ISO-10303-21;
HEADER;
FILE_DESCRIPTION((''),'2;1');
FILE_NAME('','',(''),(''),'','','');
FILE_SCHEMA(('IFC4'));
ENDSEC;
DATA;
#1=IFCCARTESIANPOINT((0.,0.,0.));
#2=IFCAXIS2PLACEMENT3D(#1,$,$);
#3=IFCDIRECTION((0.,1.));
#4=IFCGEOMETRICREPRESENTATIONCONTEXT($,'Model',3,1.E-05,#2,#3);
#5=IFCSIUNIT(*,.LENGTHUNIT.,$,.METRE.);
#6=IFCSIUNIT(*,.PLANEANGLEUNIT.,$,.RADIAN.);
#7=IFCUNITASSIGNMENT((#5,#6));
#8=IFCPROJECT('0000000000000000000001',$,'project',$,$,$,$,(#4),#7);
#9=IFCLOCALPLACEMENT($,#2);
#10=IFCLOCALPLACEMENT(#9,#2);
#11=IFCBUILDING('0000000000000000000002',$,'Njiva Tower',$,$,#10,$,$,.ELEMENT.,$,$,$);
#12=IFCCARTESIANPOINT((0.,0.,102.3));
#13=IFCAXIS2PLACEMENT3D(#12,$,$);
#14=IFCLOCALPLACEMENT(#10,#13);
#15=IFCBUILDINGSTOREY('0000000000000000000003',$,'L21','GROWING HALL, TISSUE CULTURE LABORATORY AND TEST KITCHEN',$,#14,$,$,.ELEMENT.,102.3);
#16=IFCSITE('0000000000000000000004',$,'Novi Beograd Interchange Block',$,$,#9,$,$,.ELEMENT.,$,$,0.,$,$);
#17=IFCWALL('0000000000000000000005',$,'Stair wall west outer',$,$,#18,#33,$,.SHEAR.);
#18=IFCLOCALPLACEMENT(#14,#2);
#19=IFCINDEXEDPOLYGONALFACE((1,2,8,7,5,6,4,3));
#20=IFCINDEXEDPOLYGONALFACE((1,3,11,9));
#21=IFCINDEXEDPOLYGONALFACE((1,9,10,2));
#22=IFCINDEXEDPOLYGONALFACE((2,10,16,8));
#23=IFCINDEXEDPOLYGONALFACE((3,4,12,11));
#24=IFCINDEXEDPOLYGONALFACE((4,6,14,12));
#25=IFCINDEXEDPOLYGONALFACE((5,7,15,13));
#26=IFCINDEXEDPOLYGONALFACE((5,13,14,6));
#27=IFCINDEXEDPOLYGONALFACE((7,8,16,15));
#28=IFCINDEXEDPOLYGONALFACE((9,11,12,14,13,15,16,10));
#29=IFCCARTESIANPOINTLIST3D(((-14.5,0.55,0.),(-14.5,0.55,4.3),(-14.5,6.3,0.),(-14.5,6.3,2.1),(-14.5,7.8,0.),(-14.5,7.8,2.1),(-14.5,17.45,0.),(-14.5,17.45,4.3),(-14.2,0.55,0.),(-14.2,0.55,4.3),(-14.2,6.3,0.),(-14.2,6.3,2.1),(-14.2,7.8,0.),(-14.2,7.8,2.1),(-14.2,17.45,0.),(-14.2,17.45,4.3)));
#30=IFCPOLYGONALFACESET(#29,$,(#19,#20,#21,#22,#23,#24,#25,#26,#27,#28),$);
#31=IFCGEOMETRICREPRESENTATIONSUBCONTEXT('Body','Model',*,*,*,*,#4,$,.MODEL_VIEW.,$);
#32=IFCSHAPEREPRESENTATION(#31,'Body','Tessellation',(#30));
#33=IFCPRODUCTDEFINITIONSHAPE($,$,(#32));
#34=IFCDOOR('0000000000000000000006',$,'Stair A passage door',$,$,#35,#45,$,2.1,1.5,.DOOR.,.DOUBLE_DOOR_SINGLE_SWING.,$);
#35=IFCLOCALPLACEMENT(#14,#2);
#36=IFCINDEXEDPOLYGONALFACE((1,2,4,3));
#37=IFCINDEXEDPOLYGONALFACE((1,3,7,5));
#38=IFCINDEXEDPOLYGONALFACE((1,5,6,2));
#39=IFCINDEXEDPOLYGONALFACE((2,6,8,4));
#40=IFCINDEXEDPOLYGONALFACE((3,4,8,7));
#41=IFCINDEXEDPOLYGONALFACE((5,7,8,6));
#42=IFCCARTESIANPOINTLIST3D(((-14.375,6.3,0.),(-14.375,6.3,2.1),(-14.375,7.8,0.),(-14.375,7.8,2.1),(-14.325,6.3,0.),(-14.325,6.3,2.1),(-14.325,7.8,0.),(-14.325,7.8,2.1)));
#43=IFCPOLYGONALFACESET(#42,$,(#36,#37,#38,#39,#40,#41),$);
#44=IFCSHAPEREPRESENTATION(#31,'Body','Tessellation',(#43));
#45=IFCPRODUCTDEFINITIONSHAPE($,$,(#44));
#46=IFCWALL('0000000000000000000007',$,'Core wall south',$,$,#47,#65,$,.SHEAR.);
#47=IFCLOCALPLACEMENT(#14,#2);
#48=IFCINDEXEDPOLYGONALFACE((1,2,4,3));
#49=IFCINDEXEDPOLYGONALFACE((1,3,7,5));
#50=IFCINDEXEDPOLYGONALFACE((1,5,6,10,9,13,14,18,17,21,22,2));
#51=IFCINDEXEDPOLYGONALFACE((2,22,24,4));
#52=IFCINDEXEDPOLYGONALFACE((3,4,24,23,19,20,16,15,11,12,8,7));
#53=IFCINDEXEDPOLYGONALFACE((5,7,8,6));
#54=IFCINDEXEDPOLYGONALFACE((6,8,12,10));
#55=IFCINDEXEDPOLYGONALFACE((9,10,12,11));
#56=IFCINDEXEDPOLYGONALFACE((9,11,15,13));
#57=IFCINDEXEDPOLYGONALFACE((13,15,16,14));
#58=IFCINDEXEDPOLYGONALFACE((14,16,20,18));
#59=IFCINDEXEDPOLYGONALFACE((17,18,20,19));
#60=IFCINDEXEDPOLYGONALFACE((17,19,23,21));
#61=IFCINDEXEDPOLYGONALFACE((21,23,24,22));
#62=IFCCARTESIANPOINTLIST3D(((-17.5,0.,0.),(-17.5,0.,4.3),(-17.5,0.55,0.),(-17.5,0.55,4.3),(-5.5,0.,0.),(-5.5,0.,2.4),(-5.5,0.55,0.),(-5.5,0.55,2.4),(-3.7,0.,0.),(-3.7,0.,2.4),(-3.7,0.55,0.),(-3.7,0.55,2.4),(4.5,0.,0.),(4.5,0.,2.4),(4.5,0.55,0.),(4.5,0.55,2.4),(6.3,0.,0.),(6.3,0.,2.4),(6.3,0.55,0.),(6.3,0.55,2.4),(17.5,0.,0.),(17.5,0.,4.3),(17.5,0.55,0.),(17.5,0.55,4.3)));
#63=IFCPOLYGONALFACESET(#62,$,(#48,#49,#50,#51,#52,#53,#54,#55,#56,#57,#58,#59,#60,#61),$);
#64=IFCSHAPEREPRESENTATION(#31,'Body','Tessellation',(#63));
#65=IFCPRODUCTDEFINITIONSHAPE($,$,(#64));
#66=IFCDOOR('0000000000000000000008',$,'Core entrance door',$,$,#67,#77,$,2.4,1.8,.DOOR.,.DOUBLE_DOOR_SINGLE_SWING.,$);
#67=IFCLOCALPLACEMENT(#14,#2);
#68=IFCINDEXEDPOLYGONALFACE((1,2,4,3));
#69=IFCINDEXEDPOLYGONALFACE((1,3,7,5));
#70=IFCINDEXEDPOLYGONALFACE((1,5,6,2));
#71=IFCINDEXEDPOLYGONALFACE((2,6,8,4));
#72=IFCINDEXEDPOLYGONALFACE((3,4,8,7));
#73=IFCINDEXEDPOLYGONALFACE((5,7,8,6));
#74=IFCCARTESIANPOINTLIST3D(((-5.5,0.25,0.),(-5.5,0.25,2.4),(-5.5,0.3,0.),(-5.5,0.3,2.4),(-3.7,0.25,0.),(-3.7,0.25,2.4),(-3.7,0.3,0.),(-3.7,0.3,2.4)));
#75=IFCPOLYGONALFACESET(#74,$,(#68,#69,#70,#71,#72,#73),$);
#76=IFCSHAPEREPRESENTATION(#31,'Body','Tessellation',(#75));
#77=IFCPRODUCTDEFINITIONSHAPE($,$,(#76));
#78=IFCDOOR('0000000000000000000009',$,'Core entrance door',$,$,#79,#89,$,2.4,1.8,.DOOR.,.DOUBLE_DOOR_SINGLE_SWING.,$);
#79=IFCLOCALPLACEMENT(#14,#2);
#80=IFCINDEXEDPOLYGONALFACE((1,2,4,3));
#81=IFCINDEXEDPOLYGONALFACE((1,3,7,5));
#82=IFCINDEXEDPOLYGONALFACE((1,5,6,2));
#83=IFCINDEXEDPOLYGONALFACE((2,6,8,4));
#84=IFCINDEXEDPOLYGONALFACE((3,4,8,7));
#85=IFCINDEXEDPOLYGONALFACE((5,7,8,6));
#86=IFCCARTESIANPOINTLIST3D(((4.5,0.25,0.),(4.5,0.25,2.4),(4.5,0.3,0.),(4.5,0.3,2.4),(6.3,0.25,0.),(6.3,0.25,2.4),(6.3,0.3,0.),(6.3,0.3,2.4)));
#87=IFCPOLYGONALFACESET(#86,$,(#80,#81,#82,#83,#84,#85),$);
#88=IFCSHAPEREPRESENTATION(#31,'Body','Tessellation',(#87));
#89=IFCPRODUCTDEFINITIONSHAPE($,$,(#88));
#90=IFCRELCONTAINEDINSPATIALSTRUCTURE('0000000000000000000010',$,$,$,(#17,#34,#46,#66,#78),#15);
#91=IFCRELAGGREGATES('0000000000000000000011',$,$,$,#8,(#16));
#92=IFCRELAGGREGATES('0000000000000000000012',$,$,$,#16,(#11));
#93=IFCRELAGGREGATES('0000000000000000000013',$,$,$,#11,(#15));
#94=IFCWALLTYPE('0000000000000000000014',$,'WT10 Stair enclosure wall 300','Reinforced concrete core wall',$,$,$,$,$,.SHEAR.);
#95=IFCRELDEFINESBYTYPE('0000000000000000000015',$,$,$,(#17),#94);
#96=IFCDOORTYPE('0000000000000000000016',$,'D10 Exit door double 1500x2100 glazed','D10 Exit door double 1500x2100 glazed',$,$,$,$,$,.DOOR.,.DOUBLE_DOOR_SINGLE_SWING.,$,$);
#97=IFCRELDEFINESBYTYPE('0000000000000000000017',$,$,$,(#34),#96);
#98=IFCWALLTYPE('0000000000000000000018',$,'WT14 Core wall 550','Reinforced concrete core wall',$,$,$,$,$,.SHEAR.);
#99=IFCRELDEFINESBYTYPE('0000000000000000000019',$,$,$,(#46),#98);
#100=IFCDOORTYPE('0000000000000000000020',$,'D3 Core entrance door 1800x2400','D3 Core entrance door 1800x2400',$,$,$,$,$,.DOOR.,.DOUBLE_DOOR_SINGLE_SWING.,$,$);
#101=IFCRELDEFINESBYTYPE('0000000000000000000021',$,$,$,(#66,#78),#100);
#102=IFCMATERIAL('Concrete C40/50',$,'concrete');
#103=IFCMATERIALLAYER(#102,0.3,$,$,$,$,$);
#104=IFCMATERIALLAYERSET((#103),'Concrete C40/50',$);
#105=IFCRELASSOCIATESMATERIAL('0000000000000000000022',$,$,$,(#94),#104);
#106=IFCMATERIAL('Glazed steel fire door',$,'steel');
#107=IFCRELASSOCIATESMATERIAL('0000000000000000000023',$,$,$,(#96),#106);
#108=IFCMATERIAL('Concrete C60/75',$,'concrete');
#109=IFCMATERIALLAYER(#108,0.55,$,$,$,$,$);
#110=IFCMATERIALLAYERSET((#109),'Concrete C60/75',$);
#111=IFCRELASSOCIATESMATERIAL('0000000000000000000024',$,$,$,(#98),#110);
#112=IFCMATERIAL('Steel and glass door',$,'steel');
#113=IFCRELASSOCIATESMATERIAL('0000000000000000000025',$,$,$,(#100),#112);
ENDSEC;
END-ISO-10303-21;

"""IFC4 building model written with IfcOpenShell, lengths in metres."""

from ifc_helpers import new_model, si_unit, direction, frame, frame_2d, origin, place, context, subcontext, project, spatial, rectangle, extrude, material, layer, layer_set, type_object, element, fill, save


model = new_model("IFC4")

# Units and contexts
model_context = context("Model", 3, precision=1e-05, world=origin(), true_north=direction((0.0, 1.0)))
body_context = subcontext(model_context, "Body", "Model", "MODEL_VIEW")
ifc_project = project(units=[si_unit("LENGTHUNIT", "METRE"), si_unit("PLANEANGLEUNIT", "RADIAN")], contexts=[model_context])

# Site, building, storey
site_placement = place(None, origin())
site = spatial("IfcSite", under=ifc_project, at=site_placement, Name="Novi Beograd Interchange Block", CompositionType="ELEMENT", RefElevation=0.0)
building_placement = place(site_placement, origin())
building = spatial("IfcBuilding", under=site, at=building_placement, Name="Njiva Tower", CompositionType="ELEMENT")
storey_placement = place(building_placement, frame((0.0, 0.0, 102.3)))
storey = spatial("IfcBuildingStorey", under=building, at=storey_placement, Name="L21", Description="GROWING HALL, TISSUE CULTURE LABORATORY AND TEST KITCHEN", CompositionType="ELEMENT", Elevation=102.3)

# Wall, opening, door
ifc_material_1 = material(Name="Concrete C40/50", Category="concrete")
ifc_layer_1 = layer(ifc_material_1, 0.3)
ifc_layer_set_1 = layer_set([ifc_layer_1], Name="Concrete C40/50")
wall_type_1 = type_object("IfcWallType", Name="WT10 Stair enclosure wall 300", Description="Reinforced concrete core wall", PredefinedType="SHEAR", material=ifc_layer_set_1)
wall_1_placement = place(storey_placement, frame((-14.35, 0.55, 0.0), z_axis=(0.0, 0.0, 1.0), x_axis=(0.0, 1.0, 0.0)))
wall_1 = element("IfcWall", 1, at=wall_1_placement, inside=storey, type_object=wall_type_1, Name="Stair wall west outer", PredefinedType="SHEAR", context=body_context, shape_type="SweptSolid", body=[
    extrude(rectangle(XDim=16.9, YDim=0.3, at=frame_2d((8.45, 0.0))), origin(), (0.0, 0.0, 1.0), 4.3),
])
opening_1_placement = place(wall_1_placement, frame((5.75, 0.0, 0.0)))
opening_1 = element("IfcOpeningElement", 2, at=opening_1_placement, cuts=wall_1, PredefinedType="OPENING", context=body_context, shape_type="SweptSolid", body=[
    extrude(rectangle(XDim=1.5, YDim=2.1, at=frame_2d((0.75, 1.05))), frame((0.0, 0.16, 0.0), z_axis=(0.0, -1.0, 0.0), x_axis=(1.0, 0.0, 0.0)), (0.0, 0.0, 1.0), 0.32),
])
ifc_material_2 = material(Name="Glazed steel fire door", Category="steel")
door_type_1 = type_object("IfcDoorType", Name="D10 Exit door double 1500x2100 glazed", Description="D10 Exit door double 1500x2100 glazed", OperationType="DOUBLE_DOOR_SINGLE_SWING", PredefinedType="DOOR", material=ifc_material_2)
door_1_placement = place(opening_1_placement, origin())
door_1 = element("IfcDoor", 3, at=door_1_placement, inside=storey, type_object=door_type_1, Name="Stair A passage door", OperationType="DOUBLE_DOOR_SINGLE_SWING", OverallHeight=2.1, OverallWidth=1.5, PredefinedType="DOOR", context=body_context, shape_type="SweptSolid", body=[
    extrude(rectangle(XDim=1.5, YDim=2.1, at=frame_2d((0.75, 1.05))), frame((0.0, 0.025, 0.0), z_axis=(0.0, -1.0, 0.0), x_axis=(1.0, 0.0, 0.0)), (0.0, 0.0, 1.0), 0.05),
])
fill(opening_1, door_1)

# Wall, openings, doors
ifc_material_3 = material(Name="Concrete C60/75", Category="concrete")
ifc_layer_2 = layer(ifc_material_3, 0.55)
ifc_layer_set_2 = layer_set([ifc_layer_2], Name="Concrete C60/75")
wall_type_2 = type_object("IfcWallType", Name="WT14 Core wall 550", Description="Reinforced concrete core wall", PredefinedType="SHEAR", material=ifc_layer_set_2)
wall_2_placement = place(storey_placement, frame((-17.5, 0.275, 0.0), z_axis=(0.0, 0.0, 1.0), x_axis=(1.0, 0.0, 0.0)))
wall_2 = element("IfcWall", 4, at=wall_2_placement, inside=storey, type_object=wall_type_2, Name="Core wall south", PredefinedType="SHEAR", context=body_context, shape_type="SweptSolid", body=[
    extrude(rectangle(XDim=35.0, YDim=0.55, at=frame_2d((17.5, 0.0))), origin(), (0.0, 0.0, 1.0), 4.3),
])
opening_2_placement = place(wall_2_placement, frame((12.0, 0.0, 0.0)))
opening_2 = element("IfcOpeningElement", 5, at=opening_2_placement, cuts=wall_2, PredefinedType="OPENING", context=body_context, shape_type="SweptSolid", body=[
    extrude(rectangle(XDim=1.8, YDim=2.4, at=frame_2d((0.9, 1.2))), frame((0.0, 0.285, 0.0), z_axis=(0.0, -1.0, 0.0), x_axis=(1.0, 0.0, 0.0)), (0.0, 0.0, 1.0), 0.57),
])
opening_3_placement = place(wall_2_placement, frame((22.0, 0.0, 0.0)))
opening_3 = element("IfcOpeningElement", 6, at=opening_3_placement, cuts=wall_2, PredefinedType="OPENING", context=body_context, shape_type="SweptSolid", body=[
    extrude(rectangle(XDim=1.8, YDim=2.4, at=frame_2d((0.9, 1.2))), frame((0.0, 0.285, 0.0), z_axis=(0.0, -1.0, 0.0), x_axis=(1.0, 0.0, 0.0)), (0.0, 0.0, 1.0), 0.57),
])
ifc_material_4 = material(Name="Steel and glass door", Category="steel")
door_type_2 = type_object("IfcDoorType", Name="D3 Core entrance door 1800x2400", Description="D3 Core entrance door 1800x2400", OperationType="DOUBLE_DOOR_SINGLE_SWING", PredefinedType="DOOR", material=ifc_material_4)
door_2_placement = place(opening_2_placement, origin())
door_2 = element("IfcDoor", 7, at=door_2_placement, inside=storey, type_object=door_type_2, Name="Core entrance door", OperationType="DOUBLE_DOOR_SINGLE_SWING", OverallHeight=2.4, OverallWidth=1.8, PredefinedType="DOOR", context=body_context, shape_type="SweptSolid", body=[
    extrude(rectangle(XDim=1.8, YDim=2.4, at=frame_2d((0.9, 1.2))), frame((0.0, 0.025, 0.0), z_axis=(0.0, -1.0, 0.0), x_axis=(1.0, 0.0, 0.0)), (0.0, 0.0, 1.0), 0.05),
])
fill(opening_2, door_2)
door_3_placement = place(opening_3_placement, origin())
door_3 = element("IfcDoor", 8, at=door_3_placement, inside=storey, type_object=door_type_2, Name="Core entrance door", OperationType="DOUBLE_DOOR_SINGLE_SWING", OverallHeight=2.4, OverallWidth=1.8, PredefinedType="DOOR", context=body_context, shape_type="SweptSolid", body=[
    extrude(rectangle(XDim=1.8, YDim=2.4, at=frame_2d((0.9, 1.2))), frame((0.0, 0.025, 0.0), z_axis=(0.0, -1.0, 0.0), x_axis=(1.0, 0.0, 0.0)), (0.0, 0.0, 1.0), 0.05),
])
fill(opening_3, door_3)

save(model, "model.ifc")
